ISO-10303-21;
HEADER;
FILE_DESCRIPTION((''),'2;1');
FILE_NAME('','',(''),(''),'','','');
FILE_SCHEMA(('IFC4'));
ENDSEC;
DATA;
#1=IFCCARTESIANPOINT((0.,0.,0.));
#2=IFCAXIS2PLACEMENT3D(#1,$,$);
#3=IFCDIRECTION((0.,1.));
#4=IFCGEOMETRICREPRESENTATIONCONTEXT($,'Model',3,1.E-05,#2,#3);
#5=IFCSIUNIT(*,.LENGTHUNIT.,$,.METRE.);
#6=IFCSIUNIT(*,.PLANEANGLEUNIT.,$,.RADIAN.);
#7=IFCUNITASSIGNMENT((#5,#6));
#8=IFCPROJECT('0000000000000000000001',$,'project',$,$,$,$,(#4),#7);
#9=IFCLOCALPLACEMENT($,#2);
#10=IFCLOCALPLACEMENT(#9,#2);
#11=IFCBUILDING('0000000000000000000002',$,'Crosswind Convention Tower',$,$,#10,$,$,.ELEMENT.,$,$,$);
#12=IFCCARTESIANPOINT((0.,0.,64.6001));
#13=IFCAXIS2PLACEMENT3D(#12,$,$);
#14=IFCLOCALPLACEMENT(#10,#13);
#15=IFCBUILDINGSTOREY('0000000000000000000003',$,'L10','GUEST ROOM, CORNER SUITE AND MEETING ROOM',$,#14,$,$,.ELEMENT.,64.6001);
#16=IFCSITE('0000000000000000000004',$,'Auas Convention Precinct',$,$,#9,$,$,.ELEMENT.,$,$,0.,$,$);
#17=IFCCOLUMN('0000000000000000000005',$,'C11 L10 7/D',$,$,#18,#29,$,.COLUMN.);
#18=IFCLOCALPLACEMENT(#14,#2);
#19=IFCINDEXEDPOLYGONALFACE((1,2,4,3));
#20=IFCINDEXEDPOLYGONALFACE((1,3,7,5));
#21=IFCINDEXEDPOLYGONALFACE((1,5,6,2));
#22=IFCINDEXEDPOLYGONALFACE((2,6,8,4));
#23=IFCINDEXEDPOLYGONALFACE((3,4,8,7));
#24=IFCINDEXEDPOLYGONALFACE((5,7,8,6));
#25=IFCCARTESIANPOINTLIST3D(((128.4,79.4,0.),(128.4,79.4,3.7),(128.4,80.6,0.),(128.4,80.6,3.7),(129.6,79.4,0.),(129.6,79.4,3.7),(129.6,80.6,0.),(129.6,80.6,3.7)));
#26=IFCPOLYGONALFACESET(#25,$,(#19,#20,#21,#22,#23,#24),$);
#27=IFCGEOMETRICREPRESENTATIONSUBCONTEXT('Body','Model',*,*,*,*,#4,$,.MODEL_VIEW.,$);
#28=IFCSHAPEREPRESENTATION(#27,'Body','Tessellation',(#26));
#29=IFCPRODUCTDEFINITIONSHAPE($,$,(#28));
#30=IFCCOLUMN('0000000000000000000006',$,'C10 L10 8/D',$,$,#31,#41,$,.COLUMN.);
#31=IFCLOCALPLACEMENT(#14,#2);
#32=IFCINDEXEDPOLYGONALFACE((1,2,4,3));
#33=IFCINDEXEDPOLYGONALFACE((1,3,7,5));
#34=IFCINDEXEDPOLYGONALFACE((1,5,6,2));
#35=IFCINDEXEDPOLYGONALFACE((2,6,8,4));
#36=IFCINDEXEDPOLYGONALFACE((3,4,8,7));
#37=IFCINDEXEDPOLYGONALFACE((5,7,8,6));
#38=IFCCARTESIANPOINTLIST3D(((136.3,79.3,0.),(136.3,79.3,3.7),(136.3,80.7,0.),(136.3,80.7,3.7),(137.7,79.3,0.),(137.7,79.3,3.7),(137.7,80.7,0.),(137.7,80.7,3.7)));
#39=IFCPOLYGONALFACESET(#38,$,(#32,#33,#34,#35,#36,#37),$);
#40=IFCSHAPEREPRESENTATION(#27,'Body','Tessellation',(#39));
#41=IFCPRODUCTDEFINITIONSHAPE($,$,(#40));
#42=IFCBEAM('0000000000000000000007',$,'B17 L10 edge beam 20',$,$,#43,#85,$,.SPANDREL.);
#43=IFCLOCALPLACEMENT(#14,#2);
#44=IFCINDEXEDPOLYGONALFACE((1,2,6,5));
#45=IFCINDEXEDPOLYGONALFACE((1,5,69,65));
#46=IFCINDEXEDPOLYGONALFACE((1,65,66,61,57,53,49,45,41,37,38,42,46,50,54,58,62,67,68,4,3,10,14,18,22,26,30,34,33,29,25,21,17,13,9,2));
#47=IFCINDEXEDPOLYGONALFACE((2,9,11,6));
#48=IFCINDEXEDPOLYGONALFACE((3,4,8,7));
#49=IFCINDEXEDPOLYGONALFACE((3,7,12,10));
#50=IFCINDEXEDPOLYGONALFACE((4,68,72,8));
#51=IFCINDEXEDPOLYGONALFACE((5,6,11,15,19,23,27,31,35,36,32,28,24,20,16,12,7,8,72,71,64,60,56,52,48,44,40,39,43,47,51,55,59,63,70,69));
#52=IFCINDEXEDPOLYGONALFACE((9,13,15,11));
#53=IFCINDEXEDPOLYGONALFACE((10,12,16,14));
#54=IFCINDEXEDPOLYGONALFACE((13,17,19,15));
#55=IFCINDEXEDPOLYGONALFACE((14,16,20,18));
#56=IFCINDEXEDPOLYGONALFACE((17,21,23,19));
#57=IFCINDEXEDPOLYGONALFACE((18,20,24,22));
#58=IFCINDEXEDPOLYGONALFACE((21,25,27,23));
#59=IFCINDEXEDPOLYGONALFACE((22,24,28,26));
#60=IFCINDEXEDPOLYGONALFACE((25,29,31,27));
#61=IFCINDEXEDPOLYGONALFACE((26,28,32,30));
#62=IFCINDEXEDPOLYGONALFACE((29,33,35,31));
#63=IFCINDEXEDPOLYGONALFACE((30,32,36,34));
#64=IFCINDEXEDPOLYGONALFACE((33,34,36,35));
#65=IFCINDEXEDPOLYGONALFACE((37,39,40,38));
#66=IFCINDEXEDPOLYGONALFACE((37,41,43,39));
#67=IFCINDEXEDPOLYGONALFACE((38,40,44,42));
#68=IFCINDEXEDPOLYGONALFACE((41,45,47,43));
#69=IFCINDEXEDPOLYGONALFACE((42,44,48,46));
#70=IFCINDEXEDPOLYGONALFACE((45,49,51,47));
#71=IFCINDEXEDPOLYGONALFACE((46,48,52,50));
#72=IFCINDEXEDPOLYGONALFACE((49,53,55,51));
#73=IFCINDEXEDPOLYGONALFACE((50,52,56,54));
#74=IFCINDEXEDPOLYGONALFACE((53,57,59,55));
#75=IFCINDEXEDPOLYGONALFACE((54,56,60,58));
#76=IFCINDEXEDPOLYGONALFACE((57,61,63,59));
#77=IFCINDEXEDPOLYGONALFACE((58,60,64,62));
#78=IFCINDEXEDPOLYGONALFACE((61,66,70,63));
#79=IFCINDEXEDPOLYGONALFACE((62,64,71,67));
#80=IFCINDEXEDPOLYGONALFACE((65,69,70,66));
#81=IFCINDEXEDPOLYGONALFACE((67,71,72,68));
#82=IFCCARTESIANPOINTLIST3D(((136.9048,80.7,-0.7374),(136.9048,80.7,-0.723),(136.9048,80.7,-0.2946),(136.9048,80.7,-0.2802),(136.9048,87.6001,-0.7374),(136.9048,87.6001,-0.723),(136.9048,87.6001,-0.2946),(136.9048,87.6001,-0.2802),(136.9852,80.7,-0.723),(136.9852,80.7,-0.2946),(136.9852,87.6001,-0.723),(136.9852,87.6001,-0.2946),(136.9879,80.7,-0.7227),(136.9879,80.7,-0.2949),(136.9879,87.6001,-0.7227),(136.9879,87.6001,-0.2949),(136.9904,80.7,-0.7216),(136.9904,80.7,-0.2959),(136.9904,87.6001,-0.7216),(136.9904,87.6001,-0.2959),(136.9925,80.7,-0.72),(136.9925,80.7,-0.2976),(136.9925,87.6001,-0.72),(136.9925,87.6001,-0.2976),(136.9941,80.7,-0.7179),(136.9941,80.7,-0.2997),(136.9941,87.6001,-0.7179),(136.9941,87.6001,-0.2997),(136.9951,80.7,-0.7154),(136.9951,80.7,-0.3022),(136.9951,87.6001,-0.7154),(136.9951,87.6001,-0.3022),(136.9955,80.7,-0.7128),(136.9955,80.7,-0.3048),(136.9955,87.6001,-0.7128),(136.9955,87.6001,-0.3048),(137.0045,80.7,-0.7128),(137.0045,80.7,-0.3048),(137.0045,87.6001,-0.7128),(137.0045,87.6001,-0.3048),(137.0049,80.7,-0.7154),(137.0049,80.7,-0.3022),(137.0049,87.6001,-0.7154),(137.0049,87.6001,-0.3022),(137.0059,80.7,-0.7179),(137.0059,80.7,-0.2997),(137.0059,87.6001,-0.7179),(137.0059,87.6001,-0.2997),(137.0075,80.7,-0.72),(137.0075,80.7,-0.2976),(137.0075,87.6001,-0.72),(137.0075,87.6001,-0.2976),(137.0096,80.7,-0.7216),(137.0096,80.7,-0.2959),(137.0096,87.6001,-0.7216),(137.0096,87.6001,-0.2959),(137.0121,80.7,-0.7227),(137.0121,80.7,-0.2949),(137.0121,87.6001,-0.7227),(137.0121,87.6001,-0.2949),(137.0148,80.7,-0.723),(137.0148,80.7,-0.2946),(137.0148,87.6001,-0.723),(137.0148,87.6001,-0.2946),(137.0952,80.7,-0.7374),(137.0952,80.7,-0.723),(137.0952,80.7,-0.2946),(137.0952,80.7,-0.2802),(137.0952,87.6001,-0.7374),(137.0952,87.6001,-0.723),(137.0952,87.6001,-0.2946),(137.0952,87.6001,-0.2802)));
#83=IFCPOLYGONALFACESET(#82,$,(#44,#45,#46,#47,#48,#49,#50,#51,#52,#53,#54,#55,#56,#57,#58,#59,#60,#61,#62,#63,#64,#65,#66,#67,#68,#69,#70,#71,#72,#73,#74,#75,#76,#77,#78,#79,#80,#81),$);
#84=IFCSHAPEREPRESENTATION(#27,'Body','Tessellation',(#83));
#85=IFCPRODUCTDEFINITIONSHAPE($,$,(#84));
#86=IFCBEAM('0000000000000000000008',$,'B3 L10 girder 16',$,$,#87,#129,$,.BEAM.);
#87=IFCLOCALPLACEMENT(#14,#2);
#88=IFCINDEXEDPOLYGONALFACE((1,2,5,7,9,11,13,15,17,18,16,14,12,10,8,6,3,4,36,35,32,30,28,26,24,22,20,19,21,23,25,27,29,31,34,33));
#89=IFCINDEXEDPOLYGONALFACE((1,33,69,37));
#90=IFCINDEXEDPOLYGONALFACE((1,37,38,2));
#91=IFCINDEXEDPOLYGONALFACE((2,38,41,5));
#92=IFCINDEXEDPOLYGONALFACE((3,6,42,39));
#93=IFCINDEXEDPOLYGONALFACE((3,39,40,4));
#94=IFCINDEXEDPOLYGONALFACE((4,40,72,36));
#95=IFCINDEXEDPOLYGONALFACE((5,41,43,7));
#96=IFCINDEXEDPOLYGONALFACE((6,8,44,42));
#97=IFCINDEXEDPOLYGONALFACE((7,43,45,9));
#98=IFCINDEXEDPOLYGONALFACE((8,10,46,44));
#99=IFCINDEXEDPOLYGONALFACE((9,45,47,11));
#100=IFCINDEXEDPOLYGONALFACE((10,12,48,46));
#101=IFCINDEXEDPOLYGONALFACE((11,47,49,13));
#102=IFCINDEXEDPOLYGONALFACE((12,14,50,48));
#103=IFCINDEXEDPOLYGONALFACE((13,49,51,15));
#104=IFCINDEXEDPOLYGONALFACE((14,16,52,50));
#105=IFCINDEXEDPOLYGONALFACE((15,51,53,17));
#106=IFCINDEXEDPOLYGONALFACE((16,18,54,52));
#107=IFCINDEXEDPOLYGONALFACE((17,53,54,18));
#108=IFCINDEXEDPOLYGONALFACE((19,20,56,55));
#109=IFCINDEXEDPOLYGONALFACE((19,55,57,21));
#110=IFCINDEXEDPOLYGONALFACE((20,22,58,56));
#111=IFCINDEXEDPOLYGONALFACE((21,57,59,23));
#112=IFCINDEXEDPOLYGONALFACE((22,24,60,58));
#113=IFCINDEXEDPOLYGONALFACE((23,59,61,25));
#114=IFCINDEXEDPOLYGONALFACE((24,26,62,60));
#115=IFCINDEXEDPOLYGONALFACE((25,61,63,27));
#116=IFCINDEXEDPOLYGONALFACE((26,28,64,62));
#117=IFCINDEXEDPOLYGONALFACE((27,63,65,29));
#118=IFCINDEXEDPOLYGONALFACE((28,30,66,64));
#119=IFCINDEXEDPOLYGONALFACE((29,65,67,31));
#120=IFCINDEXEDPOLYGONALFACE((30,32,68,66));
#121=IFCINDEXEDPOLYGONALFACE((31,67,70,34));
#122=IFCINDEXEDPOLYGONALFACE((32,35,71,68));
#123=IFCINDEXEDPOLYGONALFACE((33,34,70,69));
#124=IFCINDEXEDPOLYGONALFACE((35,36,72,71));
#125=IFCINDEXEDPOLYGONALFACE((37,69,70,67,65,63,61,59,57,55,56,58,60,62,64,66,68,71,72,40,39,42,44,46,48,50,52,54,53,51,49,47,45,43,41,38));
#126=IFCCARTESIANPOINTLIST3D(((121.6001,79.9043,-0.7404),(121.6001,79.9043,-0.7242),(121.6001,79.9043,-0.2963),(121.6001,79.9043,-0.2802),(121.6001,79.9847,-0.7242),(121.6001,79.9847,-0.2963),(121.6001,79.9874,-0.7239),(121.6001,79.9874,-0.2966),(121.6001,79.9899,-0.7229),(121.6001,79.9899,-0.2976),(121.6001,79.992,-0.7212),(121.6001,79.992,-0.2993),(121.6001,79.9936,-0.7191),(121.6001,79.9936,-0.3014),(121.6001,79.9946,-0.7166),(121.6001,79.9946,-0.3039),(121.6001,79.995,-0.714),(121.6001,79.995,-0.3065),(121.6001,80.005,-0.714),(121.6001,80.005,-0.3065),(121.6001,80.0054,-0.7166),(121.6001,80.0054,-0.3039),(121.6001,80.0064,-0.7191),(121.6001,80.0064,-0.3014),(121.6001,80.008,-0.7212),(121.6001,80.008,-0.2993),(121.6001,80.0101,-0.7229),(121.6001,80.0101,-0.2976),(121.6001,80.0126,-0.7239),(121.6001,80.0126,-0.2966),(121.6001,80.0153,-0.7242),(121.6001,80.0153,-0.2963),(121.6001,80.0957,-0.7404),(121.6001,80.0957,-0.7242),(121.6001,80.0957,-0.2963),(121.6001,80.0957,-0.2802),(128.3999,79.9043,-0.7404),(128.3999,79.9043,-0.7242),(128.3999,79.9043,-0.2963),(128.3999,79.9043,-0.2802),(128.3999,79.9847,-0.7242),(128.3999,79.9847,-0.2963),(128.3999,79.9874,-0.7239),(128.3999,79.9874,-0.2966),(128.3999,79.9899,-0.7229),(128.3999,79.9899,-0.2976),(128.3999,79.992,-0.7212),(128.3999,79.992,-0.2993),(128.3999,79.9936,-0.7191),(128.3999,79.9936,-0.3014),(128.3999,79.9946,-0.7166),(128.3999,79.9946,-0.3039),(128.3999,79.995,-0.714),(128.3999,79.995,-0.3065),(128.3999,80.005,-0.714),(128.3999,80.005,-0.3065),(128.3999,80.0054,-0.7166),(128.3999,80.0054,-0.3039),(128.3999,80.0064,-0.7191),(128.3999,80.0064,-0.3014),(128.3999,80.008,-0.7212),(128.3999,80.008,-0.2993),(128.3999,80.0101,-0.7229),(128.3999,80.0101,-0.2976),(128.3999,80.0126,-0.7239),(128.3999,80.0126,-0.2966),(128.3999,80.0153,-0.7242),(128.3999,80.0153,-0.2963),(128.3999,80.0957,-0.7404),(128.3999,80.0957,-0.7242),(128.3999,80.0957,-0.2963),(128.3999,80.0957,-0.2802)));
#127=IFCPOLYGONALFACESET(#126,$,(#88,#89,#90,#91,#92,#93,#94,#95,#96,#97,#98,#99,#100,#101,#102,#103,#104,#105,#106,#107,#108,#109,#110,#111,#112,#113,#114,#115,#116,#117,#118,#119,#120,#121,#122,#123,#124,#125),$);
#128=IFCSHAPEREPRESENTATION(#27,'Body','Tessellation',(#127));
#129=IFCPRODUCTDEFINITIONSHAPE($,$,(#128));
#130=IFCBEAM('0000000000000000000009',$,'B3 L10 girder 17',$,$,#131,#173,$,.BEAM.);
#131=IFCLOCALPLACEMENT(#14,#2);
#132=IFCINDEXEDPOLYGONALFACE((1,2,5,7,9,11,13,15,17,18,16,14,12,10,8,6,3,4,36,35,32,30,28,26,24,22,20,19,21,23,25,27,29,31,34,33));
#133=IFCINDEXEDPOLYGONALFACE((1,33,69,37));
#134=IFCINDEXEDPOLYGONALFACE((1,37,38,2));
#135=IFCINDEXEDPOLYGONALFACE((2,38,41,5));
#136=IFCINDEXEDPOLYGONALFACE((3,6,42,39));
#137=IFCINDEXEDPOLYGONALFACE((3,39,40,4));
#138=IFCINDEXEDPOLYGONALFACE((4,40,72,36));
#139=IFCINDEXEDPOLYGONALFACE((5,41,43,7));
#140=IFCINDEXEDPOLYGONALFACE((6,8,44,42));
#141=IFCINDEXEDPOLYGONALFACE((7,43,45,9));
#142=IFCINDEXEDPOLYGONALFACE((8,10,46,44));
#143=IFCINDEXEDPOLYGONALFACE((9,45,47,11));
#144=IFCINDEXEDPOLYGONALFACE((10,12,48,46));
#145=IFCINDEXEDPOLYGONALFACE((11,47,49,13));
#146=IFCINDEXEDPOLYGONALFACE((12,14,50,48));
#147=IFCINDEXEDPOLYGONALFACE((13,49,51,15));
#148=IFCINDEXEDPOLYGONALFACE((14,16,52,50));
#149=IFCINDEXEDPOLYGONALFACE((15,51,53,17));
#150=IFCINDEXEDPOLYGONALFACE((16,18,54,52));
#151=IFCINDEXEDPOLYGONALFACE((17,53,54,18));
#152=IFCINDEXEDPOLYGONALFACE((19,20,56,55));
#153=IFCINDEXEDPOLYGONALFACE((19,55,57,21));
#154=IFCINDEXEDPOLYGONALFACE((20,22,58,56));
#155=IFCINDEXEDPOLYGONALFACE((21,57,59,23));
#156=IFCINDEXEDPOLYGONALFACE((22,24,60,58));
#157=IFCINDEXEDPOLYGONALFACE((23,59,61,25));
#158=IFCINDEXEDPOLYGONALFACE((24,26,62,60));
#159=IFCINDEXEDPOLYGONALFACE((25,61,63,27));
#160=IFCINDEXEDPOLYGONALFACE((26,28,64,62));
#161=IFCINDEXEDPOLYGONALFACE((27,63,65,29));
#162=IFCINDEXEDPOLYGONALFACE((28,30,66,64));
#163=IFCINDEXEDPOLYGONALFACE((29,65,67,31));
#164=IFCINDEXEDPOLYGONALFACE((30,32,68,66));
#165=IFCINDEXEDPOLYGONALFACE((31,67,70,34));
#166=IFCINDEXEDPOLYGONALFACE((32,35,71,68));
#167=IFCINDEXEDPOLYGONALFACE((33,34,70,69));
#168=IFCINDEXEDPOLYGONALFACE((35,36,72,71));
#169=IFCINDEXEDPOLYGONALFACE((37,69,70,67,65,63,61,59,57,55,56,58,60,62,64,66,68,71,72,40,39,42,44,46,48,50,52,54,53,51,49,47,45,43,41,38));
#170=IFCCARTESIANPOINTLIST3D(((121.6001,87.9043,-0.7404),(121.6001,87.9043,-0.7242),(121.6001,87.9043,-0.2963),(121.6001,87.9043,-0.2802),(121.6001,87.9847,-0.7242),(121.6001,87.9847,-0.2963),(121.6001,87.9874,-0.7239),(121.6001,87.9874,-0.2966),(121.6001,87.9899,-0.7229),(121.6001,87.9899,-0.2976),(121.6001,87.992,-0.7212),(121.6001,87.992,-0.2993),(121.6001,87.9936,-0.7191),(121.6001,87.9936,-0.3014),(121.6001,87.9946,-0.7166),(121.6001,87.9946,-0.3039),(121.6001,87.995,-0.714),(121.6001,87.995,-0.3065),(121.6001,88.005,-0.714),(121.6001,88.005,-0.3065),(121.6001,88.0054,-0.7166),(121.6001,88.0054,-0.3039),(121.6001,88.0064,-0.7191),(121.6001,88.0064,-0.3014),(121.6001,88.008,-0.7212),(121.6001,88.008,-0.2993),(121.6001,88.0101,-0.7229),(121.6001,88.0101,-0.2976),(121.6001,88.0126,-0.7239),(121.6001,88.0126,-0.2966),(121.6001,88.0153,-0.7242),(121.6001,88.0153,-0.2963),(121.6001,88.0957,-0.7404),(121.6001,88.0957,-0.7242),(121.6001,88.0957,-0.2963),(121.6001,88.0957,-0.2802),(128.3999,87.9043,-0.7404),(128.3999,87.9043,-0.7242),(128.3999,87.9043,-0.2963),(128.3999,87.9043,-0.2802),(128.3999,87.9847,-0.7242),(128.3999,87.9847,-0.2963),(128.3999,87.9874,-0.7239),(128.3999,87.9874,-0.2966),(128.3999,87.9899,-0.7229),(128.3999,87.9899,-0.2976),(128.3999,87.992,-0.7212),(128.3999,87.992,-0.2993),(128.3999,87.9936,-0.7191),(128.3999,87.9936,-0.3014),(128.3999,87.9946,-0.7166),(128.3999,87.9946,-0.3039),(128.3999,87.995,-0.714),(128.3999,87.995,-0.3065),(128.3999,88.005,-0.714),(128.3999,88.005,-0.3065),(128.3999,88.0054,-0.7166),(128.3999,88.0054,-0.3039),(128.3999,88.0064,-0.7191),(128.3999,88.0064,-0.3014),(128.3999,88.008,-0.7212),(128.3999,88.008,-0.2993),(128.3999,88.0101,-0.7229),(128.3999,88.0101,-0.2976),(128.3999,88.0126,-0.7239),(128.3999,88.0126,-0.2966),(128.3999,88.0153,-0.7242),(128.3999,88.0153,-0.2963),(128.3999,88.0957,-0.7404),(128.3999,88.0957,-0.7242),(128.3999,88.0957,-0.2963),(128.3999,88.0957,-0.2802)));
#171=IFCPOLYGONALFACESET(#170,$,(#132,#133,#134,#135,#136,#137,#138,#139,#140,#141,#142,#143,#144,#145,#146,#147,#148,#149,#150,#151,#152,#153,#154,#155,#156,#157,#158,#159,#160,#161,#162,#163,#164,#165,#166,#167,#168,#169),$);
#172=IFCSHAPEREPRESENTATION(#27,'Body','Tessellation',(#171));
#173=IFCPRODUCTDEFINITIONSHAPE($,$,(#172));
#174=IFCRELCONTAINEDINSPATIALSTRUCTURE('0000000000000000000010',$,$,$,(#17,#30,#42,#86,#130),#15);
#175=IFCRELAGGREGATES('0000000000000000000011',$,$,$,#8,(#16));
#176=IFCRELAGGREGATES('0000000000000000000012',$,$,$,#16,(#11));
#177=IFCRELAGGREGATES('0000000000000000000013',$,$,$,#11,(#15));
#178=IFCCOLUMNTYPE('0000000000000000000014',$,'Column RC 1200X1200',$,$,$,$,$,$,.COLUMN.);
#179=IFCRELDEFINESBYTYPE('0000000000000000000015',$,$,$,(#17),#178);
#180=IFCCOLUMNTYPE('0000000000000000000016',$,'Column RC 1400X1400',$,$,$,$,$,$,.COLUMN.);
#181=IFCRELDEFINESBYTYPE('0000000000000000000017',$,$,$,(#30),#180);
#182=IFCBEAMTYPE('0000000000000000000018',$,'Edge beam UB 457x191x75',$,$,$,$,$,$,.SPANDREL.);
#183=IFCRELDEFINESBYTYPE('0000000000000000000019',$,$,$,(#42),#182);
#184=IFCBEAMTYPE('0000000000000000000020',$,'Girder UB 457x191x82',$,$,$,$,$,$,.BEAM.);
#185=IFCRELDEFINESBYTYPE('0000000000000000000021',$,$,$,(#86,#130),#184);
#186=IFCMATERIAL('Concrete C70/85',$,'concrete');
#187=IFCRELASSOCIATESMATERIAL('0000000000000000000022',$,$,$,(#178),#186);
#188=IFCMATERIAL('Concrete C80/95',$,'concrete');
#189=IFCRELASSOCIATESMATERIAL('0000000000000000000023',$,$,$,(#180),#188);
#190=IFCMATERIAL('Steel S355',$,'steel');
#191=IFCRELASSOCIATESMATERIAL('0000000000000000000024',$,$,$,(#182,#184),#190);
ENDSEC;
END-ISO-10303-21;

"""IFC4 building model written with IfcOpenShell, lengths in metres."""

from ifc_helpers import new_model, si_unit, direction, frame, origin, origin_2d, place, context, subcontext, project, spatial, rectangle, i_section, extrude, material, material_profile, profile_set, type_object, element, save


model = new_model("IFC4")

# Units and contexts
model_context = context("Model", 3, precision=1e-05, world=origin(), true_north=direction((0.0, 1.0)))
body_context = subcontext(model_context, "Body", "Model", "MODEL_VIEW")
ifc_project = project(units=[si_unit("LENGTHUNIT", "METRE"), si_unit("PLANEANGLEUNIT", "RADIAN")], contexts=[model_context])

# Site, building, storey
site_placement = place(None, origin())
site = spatial("IfcSite", under=ifc_project, at=site_placement, Name="Auas Convention Precinct", CompositionType="ELEMENT", RefElevation=0.0)
building_placement = place(site_placement, origin())
building = spatial("IfcBuilding", under=site, at=building_placement, Name="Crosswind Convention Tower", CompositionType="ELEMENT")
storey_placement = place(building_placement, frame((0.0, 0.0, 64.6001)))
storey = spatial("IfcBuildingStorey", under=building, at=storey_placement, Name="L10", Description="GUEST ROOM, CORNER SUITE AND MEETING ROOM", CompositionType="ELEMENT", Elevation=64.6001)

# Columns
ifc_material_1 = material(Name="Concrete C70/85", Category="concrete")
ifc_material_profile_1 = material_profile(ifc_material_1, rectangle(XDim=1.2, YDim=1.2, at=origin_2d()), Name="RC 1200X1200")
ifc_profile_set_1 = profile_set([ifc_material_profile_1], Name="Concrete C70/85")
column_type_1 = type_object("IfcColumnType", Name="Column RC 1200X1200", PredefinedType="COLUMN", material=ifc_profile_set_1)
column_1_placement = place(storey_placement, frame((129.0, 80.0, 0.0), z_axis=(0.0, 0.0, 1.0), x_axis=(1.0, 0.0, 0.0)))
element("IfcColumn", 1, at=column_1_placement, inside=storey, type_object=column_type_1, Name="C11 L10 7/D", PredefinedType="COLUMN", context=body_context, shape_type="SweptSolid", body=[
    extrude(rectangle(XDim=1.2, YDim=1.2, at=origin_2d()), origin(), (0.0, 0.0, 1.0), 3.7),
])
ifc_material_2 = material(Name="Concrete C80/95", Category="concrete")
ifc_material_profile_2 = material_profile(ifc_material_2, rectangle(XDim=1.3999, YDim=1.3999, at=origin_2d()), Name="RC 1400X1400")
ifc_profile_set_2 = profile_set([ifc_material_profile_2], Name="Concrete C80/95")
column_type_2 = type_object("IfcColumnType", Name="Column RC 1400X1400", PredefinedType="COLUMN", material=ifc_profile_set_2)
column_2_placement = place(storey_placement, frame((137.0, 80.0, 0.0), z_axis=(0.0, 0.0, 1.0), x_axis=(1.0, 0.0, 0.0)))
element("IfcColumn", 2, at=column_2_placement, inside=storey, type_object=column_type_2, Name="C10 L10 8/D", PredefinedType="COLUMN", context=body_context, shape_type="SweptSolid", body=[
    extrude(rectangle(XDim=1.3999, YDim=1.3999, at=origin_2d()), origin(), (0.0, 0.0, 1.0), 3.7),
])

# Beams
ifc_material_3 = material(Name="Steel S355", Category="steel")
ifc_material_profile_3 = material_profile(ifc_material_3, i_section(OverallWidth=0.1904, OverallDepth=0.4573, WebThickness=0.009, FlangeThickness=0.0144, FilletRadius=0.0103, at=origin_2d()), Name="UB 457x191x75")
ifc_profile_set_3 = profile_set([ifc_material_profile_3], Name="Steel S355")
beam_type_1 = type_object("IfcBeamType", Name="Edge beam UB 457x191x75", PredefinedType="SPANDREL", material=ifc_profile_set_3)
beam_1_placement = place(storey_placement, frame((137.0, 80.7, -0.5088), z_axis=(0.0, 1.0, 0.0), x_axis=(-1.0, 0.0, 0.0)))
element("IfcBeam", 3, at=beam_1_placement, inside=storey, type_object=beam_type_1, Name="B17 L10 edge beam 20", PredefinedType="SPANDREL", context=body_context, shape_type="SweptSolid", body=[
    extrude(i_section(OverallWidth=0.1904, OverallDepth=0.4573, WebThickness=0.009, FlangeThickness=0.0144, FilletRadius=0.0103, at=origin_2d()), origin(), (0.0, 0.0, 1.0), 6.9001),
])
ifc_material_profile_4 = material_profile(ifc_material_3, i_section(OverallWidth=0.1914, OverallDepth=0.4602, WebThickness=0.01, FlangeThickness=0.0161, FilletRadius=0.0103, at=origin_2d()), Name="UB 457x191x82")
ifc_profile_set_4 = profile_set([ifc_material_profile_4], Name="Steel S355")
beam_type_2 = type_object("IfcBeamType", Name="Girder UB 457x191x82", PredefinedType="BEAM", material=ifc_profile_set_4)
for number, where, z_axis, x_axis, name in (
    (4, (121.6001, 80.0, -0.5103), (1.0, 0.0, 0.0), (0.0, 1.0, 0.0), "B3 L10 girder 16"),
    (5, (121.6001, 88.0, -0.5103), (1.0, 0.0, 0.0), (0.0, 1.0, 0.0), "B3 L10 girder 17"),
):
    element("IfcBeam", number, at=place(storey_placement, frame(where, z_axis=z_axis, x_axis=x_axis)), inside=storey, type_object=beam_type_2, Name=name, PredefinedType="BEAM", context=body_context, shape_type="SweptSolid", body=[
        extrude(i_section(OverallWidth=0.1914, OverallDepth=0.4602, WebThickness=0.01, FlangeThickness=0.0161, FilletRadius=0.0103, at=origin_2d()), origin(), (0.0, 0.0, 1.0), 6.7998),
    ])

save(model, "model.ifc")
